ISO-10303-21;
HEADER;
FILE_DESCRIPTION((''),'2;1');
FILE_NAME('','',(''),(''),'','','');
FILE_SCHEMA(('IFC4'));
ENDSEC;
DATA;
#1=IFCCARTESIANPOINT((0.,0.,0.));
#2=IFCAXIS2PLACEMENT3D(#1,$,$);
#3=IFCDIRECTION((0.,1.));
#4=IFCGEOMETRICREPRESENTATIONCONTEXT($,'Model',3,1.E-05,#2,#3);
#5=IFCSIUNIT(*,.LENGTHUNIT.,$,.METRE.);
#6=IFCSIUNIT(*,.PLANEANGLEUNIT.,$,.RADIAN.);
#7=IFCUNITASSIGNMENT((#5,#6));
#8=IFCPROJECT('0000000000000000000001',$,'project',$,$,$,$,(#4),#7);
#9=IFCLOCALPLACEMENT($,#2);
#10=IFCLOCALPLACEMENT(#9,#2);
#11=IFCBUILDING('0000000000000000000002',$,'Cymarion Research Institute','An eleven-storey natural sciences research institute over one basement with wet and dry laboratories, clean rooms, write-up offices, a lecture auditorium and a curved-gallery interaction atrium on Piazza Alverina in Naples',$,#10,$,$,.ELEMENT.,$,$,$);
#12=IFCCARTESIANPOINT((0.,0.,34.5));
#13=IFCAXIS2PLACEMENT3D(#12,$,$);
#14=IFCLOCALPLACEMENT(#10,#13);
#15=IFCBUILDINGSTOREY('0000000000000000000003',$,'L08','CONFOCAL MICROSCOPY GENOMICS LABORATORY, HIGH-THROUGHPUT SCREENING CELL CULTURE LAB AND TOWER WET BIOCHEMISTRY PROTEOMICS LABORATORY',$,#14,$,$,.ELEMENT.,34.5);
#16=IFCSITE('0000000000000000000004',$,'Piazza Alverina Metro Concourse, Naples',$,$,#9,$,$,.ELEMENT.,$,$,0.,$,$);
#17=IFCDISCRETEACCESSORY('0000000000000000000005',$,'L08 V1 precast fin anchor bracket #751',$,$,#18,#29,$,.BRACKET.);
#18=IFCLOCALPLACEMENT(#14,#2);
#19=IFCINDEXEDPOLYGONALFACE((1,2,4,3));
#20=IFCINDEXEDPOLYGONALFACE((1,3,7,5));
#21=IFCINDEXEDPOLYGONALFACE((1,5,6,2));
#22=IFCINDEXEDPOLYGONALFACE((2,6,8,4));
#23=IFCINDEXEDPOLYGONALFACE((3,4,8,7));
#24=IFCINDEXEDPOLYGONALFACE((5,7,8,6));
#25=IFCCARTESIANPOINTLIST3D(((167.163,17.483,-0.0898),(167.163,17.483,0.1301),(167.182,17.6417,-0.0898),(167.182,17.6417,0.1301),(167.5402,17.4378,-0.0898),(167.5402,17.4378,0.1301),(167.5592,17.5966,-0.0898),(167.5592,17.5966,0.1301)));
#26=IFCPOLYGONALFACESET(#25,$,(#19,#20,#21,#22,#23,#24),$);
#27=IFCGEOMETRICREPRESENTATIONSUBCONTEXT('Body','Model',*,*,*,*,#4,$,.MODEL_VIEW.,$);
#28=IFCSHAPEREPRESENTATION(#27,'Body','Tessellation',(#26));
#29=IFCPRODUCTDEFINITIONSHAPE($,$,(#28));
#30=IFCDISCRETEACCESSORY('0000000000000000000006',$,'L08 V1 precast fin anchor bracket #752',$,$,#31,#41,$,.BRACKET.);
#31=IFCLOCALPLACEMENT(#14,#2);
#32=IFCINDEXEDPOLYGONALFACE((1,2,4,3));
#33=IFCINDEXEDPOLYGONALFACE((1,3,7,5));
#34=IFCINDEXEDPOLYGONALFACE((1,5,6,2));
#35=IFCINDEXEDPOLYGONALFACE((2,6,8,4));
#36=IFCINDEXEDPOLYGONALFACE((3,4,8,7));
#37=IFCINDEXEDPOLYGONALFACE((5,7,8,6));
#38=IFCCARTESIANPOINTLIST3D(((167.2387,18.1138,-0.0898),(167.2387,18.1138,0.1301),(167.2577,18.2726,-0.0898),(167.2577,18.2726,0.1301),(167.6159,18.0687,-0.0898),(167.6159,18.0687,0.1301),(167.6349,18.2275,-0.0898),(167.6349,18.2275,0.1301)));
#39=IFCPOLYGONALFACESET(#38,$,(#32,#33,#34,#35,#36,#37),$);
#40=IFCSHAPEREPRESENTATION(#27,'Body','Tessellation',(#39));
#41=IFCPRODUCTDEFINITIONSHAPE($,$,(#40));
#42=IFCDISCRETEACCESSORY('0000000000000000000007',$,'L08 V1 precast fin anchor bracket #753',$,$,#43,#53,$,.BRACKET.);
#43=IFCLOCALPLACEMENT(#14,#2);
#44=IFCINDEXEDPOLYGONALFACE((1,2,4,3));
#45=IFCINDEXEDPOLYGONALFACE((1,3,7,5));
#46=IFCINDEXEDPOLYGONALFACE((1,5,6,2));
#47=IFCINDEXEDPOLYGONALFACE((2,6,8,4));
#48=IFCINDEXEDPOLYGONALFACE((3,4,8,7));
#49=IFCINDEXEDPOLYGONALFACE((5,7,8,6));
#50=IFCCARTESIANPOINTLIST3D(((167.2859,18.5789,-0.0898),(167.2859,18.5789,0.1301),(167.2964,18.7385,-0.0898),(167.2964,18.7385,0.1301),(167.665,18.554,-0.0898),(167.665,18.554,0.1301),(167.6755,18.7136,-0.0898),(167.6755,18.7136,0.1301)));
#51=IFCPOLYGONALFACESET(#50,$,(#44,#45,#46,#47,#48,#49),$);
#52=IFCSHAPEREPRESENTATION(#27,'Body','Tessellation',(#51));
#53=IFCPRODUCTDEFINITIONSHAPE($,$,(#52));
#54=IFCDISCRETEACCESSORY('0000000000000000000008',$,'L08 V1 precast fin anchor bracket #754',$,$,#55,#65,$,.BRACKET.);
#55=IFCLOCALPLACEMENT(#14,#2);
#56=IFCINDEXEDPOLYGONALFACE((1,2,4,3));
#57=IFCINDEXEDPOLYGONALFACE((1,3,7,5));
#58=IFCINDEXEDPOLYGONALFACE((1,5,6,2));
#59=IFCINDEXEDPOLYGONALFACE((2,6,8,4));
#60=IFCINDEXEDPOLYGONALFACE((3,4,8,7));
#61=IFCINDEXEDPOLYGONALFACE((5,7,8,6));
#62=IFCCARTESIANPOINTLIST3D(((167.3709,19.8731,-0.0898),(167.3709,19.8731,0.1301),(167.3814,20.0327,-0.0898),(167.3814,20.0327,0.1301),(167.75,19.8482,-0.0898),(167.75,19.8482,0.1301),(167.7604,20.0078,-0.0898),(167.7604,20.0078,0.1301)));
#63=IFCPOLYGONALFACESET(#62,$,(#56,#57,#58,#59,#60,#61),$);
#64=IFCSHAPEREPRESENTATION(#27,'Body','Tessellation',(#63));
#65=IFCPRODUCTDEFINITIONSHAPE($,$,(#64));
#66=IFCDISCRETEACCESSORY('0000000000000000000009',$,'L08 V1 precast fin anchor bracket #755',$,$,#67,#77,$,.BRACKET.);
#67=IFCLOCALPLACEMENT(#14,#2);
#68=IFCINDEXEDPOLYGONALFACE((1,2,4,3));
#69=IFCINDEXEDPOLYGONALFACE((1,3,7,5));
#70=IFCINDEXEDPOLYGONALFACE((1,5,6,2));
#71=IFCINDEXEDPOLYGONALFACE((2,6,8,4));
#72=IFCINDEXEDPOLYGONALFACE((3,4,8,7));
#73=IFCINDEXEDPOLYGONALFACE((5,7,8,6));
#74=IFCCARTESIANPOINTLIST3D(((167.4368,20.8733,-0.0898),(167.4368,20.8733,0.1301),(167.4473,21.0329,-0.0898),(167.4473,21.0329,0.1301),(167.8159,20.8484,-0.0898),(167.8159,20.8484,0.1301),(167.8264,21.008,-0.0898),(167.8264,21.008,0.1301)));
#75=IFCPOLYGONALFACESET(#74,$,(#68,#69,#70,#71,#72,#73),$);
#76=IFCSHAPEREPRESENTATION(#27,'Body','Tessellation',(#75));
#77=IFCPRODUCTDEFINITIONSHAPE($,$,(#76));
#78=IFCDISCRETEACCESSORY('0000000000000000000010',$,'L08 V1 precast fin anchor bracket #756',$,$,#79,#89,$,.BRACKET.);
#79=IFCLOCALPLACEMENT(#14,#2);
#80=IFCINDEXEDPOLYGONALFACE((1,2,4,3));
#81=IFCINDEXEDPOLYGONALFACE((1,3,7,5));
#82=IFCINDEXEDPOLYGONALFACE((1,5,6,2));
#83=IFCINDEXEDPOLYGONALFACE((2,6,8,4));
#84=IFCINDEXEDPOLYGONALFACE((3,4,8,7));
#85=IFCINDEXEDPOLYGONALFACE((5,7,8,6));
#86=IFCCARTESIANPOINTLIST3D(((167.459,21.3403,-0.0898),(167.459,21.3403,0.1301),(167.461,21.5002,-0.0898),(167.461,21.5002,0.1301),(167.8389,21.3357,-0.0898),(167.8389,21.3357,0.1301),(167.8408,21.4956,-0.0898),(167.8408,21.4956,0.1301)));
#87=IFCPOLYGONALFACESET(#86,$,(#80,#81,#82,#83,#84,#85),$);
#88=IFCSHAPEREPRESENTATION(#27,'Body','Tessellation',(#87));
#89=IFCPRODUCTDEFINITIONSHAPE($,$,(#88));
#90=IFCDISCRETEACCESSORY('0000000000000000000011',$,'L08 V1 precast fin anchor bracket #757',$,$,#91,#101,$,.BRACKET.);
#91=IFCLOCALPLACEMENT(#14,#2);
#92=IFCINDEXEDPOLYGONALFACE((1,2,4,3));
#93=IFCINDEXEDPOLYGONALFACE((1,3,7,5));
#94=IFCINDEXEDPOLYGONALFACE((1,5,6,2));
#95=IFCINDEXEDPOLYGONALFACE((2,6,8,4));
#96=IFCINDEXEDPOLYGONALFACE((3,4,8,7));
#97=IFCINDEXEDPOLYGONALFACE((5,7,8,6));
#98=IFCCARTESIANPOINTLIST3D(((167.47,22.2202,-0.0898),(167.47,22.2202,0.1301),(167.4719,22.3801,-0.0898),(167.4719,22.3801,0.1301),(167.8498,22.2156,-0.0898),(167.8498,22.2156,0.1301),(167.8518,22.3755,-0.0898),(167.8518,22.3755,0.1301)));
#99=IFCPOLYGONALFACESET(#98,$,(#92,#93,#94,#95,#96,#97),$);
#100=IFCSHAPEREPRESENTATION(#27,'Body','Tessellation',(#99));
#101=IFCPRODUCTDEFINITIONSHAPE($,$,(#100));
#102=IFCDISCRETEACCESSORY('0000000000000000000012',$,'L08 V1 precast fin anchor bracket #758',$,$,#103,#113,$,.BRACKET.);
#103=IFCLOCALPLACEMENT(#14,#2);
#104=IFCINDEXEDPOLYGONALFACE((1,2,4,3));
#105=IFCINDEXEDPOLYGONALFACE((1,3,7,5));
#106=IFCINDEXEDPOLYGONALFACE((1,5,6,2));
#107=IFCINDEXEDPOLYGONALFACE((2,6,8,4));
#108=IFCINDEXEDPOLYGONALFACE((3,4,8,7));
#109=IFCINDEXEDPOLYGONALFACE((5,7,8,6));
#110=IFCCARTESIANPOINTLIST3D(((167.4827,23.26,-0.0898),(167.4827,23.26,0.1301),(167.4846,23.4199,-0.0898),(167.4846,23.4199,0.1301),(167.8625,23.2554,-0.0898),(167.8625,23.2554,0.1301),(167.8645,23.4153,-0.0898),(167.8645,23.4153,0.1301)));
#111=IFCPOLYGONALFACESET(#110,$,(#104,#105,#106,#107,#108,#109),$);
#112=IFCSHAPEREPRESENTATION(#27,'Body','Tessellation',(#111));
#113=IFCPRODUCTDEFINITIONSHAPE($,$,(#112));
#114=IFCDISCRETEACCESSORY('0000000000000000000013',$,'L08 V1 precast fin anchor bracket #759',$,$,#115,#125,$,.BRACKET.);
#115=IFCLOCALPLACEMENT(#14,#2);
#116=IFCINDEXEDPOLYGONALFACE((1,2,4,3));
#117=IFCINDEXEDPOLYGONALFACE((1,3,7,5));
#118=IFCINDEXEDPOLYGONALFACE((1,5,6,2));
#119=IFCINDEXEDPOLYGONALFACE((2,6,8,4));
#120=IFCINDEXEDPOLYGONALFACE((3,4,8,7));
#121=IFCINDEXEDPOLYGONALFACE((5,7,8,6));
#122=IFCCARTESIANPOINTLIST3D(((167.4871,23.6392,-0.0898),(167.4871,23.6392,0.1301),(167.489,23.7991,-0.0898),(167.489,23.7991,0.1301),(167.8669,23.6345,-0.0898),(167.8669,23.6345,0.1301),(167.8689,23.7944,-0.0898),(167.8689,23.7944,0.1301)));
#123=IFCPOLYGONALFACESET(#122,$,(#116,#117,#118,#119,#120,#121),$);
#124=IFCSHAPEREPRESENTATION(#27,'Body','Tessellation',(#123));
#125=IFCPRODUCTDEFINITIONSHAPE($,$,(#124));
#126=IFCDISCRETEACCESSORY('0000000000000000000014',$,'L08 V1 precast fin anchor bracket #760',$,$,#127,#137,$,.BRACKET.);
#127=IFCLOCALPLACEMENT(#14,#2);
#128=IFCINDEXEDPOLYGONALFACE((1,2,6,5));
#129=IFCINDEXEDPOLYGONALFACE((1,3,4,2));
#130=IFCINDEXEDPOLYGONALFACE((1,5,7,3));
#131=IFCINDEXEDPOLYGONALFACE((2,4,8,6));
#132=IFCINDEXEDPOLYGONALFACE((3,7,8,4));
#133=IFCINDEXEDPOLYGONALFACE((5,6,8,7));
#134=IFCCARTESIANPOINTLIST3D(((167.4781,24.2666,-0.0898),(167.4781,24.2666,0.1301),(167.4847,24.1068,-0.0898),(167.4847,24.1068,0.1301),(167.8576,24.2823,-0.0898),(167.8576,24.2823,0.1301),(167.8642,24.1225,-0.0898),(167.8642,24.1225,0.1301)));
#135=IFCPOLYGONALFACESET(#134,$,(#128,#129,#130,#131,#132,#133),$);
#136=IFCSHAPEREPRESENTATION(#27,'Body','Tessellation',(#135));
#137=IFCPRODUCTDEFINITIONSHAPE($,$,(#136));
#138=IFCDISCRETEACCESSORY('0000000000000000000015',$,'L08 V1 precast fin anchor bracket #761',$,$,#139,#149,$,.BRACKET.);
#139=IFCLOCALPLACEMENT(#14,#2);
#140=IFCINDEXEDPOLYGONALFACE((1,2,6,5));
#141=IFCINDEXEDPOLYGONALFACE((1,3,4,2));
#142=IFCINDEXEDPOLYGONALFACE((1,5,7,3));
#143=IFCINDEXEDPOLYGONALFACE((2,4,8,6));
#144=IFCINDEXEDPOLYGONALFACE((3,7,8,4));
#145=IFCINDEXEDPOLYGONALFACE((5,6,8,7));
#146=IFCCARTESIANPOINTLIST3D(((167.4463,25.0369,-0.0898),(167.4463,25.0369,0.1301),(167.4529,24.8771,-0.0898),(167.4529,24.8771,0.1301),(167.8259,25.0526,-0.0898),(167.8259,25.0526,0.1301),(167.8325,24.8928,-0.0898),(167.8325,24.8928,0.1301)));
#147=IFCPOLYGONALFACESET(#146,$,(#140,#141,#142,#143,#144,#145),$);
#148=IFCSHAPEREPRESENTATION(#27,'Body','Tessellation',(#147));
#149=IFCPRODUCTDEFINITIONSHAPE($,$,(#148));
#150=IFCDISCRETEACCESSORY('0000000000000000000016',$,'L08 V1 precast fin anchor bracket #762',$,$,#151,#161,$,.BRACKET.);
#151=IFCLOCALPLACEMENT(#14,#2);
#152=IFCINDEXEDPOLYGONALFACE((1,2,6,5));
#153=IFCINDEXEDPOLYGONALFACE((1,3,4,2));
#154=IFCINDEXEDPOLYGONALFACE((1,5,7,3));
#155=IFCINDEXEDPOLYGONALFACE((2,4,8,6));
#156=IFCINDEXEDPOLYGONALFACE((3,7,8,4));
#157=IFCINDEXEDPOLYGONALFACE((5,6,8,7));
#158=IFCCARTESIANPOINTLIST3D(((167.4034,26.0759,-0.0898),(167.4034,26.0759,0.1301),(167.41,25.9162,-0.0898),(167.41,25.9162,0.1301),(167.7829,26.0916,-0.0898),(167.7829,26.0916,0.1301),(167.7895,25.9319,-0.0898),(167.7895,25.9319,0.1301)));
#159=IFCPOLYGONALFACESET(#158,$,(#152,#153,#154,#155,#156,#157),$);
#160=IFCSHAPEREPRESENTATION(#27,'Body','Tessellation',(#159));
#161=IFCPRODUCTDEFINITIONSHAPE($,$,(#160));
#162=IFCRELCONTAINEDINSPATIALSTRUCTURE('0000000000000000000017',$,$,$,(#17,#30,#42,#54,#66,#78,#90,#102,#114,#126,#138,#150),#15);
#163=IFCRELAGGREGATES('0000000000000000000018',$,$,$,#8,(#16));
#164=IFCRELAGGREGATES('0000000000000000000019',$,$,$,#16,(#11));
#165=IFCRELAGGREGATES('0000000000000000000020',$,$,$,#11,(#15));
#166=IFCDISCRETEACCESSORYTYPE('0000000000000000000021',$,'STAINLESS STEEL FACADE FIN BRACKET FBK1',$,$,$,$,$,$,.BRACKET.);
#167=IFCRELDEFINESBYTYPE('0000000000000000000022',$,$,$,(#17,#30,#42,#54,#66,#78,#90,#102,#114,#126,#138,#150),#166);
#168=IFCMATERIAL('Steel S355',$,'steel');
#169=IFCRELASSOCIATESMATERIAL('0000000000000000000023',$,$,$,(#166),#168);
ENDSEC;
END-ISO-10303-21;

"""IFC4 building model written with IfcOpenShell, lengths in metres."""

from ifc_helpers import new_model, si_unit, direction, frame, origin, origin_2d, place, context, subcontext, project, spatial, rectangle, extrude, material, type_object, element, save


model = new_model("IFC4")

# Units and contexts
model_context = context("Model", 3, precision=1e-05, world=origin(), true_north=direction((0.0, 1.0)))
body_context = subcontext(model_context, "Body", "Model", "MODEL_VIEW")
ifc_project = project(units=[si_unit("LENGTHUNIT", "METRE"), si_unit("PLANEANGLEUNIT", "RADIAN")], contexts=[model_context])

# Site, building, storey
site_placement = place(None, origin())
site = spatial("IfcSite", under=ifc_project, at=site_placement, Name="Piazza Alverina Metro Concourse, Naples", CompositionType="ELEMENT", RefElevation=0.0)
building_placement = place(site_placement, origin())
building = spatial("IfcBuilding", under=site, at=building_placement, Name="Cymarion Research Institute", Description="An eleven-storey natural sciences research institute over one basement with wet and dry laboratories, clean rooms, write-up offices, a lecture auditorium and a curved-gallery interaction atrium on Piazza Alverina in Naples", CompositionType="ELEMENT")
storey_placement = place(building_placement, frame((0.0, 0.0, 34.5)))
storey = spatial("IfcBuildingStorey", under=building, at=storey_placement, Name="L08", Description="CONFOCAL MICROSCOPY GENOMICS LABORATORY, HIGH-THROUGHPUT SCREENING CELL CULTURE LAB AND TOWER WET BIOCHEMISTRY PROTEOMICS LABORATORY", CompositionType="ELEMENT", Elevation=34.5)

# Shared definitions
ifc_material_1 = material(Name="Steel S355", Category="steel")

# Discrete accessories
discrete_accessory_type = type_object("IfcDiscreteAccessoryType", Name="STAINLESS STEEL FACADE FIN BRACKET FBK1", PredefinedType="BRACKET", material=ifc_material_1)
for number, where, z_axis, x_axis, name in (
    (1, (167.3611, 17.5398, -0.0898), (0.0, 0.0, 1.0), (0.992924, -0.118751, 0.0), "L08 V1 precast fin anchor bracket #751"),
    (2, (167.4368, 18.1707, -0.0898), (0.0, 0.0, 1.0), (0.992924, -0.118751, 0.0), "L08 V1 precast fin anchor bracket #752"),
    (3, (167.4807, 18.6462, -0.0898), (0.0, 0.0, 1.0), (0.997847, -0.065577, 0.0), "L08 V1 precast fin anchor bracket #753"),
    (4, (167.5657, 19.9404, -0.0898), (0.0, 0.0, 1.0), (0.997847, -0.065577, 0.0), "L08 V1 precast fin anchor bracket #754"),
    (5, (167.6316, 20.9407, -0.0898), (0.0, 0.0, 1.0), (0.997847, -0.065577, 0.0), "L08 V1 precast fin anchor bracket #755"),
    (6, (167.6499, 21.418, -0.0898), (0.0, 0.0, 1.0), (0.999925, -0.012217, 0.0), "L08 V1 precast fin anchor bracket #756"),
    (7, (167.6609, 22.2979, -0.0898), (0.0, 0.0, 1.0), (0.999925, -0.012217, 0.0), "L08 V1 precast fin anchor bracket #757"),
    (8, (167.6736, 23.3376, -0.0898), (0.0, 0.0, 1.0), (0.999925, -0.012217, 0.0), "L08 V1 precast fin anchor bracket #758"),
    (9, (167.678, 23.7168, -0.0898), (0.0, 0.0, 1.0), (0.999925, -0.012217, 0.0), "L08 V1 precast fin anchor bracket #759"),
    (10, (167.6711, 24.1946, -0.0898), (0.0, 0.0, 1.0), (0.999145, 0.041353, 0.0), "L08 V1 precast fin anchor bracket #760"),
    (11, (167.6394, 24.9648, -0.0898), (0.0, 0.0, 1.0), (0.999145, 0.041353, 0.0), "L08 V1 precast fin anchor bracket #761"),
    (12, (167.5964, 26.0039, -0.0898), (0.0, 0.0, 1.0), (0.999145, 0.041353, 0.0), "L08 V1 precast fin anchor bracket #762"),
):
    element("IfcDiscreteAccessory", number, at=place(storey_placement, frame(where, z_axis=z_axis, x_axis=x_axis)), inside=storey, type_object=discrete_accessory_type, Name=name, PredefinedType="BRACKET", context=body_context, shape_type="SweptSolid", body=[
        extrude(rectangle(XDim=0.3799, YDim=0.1599, at=origin_2d()), origin(), (0.0, 0.0, 1.0), 0.22),
    ])

save(model, "model.ifc")
